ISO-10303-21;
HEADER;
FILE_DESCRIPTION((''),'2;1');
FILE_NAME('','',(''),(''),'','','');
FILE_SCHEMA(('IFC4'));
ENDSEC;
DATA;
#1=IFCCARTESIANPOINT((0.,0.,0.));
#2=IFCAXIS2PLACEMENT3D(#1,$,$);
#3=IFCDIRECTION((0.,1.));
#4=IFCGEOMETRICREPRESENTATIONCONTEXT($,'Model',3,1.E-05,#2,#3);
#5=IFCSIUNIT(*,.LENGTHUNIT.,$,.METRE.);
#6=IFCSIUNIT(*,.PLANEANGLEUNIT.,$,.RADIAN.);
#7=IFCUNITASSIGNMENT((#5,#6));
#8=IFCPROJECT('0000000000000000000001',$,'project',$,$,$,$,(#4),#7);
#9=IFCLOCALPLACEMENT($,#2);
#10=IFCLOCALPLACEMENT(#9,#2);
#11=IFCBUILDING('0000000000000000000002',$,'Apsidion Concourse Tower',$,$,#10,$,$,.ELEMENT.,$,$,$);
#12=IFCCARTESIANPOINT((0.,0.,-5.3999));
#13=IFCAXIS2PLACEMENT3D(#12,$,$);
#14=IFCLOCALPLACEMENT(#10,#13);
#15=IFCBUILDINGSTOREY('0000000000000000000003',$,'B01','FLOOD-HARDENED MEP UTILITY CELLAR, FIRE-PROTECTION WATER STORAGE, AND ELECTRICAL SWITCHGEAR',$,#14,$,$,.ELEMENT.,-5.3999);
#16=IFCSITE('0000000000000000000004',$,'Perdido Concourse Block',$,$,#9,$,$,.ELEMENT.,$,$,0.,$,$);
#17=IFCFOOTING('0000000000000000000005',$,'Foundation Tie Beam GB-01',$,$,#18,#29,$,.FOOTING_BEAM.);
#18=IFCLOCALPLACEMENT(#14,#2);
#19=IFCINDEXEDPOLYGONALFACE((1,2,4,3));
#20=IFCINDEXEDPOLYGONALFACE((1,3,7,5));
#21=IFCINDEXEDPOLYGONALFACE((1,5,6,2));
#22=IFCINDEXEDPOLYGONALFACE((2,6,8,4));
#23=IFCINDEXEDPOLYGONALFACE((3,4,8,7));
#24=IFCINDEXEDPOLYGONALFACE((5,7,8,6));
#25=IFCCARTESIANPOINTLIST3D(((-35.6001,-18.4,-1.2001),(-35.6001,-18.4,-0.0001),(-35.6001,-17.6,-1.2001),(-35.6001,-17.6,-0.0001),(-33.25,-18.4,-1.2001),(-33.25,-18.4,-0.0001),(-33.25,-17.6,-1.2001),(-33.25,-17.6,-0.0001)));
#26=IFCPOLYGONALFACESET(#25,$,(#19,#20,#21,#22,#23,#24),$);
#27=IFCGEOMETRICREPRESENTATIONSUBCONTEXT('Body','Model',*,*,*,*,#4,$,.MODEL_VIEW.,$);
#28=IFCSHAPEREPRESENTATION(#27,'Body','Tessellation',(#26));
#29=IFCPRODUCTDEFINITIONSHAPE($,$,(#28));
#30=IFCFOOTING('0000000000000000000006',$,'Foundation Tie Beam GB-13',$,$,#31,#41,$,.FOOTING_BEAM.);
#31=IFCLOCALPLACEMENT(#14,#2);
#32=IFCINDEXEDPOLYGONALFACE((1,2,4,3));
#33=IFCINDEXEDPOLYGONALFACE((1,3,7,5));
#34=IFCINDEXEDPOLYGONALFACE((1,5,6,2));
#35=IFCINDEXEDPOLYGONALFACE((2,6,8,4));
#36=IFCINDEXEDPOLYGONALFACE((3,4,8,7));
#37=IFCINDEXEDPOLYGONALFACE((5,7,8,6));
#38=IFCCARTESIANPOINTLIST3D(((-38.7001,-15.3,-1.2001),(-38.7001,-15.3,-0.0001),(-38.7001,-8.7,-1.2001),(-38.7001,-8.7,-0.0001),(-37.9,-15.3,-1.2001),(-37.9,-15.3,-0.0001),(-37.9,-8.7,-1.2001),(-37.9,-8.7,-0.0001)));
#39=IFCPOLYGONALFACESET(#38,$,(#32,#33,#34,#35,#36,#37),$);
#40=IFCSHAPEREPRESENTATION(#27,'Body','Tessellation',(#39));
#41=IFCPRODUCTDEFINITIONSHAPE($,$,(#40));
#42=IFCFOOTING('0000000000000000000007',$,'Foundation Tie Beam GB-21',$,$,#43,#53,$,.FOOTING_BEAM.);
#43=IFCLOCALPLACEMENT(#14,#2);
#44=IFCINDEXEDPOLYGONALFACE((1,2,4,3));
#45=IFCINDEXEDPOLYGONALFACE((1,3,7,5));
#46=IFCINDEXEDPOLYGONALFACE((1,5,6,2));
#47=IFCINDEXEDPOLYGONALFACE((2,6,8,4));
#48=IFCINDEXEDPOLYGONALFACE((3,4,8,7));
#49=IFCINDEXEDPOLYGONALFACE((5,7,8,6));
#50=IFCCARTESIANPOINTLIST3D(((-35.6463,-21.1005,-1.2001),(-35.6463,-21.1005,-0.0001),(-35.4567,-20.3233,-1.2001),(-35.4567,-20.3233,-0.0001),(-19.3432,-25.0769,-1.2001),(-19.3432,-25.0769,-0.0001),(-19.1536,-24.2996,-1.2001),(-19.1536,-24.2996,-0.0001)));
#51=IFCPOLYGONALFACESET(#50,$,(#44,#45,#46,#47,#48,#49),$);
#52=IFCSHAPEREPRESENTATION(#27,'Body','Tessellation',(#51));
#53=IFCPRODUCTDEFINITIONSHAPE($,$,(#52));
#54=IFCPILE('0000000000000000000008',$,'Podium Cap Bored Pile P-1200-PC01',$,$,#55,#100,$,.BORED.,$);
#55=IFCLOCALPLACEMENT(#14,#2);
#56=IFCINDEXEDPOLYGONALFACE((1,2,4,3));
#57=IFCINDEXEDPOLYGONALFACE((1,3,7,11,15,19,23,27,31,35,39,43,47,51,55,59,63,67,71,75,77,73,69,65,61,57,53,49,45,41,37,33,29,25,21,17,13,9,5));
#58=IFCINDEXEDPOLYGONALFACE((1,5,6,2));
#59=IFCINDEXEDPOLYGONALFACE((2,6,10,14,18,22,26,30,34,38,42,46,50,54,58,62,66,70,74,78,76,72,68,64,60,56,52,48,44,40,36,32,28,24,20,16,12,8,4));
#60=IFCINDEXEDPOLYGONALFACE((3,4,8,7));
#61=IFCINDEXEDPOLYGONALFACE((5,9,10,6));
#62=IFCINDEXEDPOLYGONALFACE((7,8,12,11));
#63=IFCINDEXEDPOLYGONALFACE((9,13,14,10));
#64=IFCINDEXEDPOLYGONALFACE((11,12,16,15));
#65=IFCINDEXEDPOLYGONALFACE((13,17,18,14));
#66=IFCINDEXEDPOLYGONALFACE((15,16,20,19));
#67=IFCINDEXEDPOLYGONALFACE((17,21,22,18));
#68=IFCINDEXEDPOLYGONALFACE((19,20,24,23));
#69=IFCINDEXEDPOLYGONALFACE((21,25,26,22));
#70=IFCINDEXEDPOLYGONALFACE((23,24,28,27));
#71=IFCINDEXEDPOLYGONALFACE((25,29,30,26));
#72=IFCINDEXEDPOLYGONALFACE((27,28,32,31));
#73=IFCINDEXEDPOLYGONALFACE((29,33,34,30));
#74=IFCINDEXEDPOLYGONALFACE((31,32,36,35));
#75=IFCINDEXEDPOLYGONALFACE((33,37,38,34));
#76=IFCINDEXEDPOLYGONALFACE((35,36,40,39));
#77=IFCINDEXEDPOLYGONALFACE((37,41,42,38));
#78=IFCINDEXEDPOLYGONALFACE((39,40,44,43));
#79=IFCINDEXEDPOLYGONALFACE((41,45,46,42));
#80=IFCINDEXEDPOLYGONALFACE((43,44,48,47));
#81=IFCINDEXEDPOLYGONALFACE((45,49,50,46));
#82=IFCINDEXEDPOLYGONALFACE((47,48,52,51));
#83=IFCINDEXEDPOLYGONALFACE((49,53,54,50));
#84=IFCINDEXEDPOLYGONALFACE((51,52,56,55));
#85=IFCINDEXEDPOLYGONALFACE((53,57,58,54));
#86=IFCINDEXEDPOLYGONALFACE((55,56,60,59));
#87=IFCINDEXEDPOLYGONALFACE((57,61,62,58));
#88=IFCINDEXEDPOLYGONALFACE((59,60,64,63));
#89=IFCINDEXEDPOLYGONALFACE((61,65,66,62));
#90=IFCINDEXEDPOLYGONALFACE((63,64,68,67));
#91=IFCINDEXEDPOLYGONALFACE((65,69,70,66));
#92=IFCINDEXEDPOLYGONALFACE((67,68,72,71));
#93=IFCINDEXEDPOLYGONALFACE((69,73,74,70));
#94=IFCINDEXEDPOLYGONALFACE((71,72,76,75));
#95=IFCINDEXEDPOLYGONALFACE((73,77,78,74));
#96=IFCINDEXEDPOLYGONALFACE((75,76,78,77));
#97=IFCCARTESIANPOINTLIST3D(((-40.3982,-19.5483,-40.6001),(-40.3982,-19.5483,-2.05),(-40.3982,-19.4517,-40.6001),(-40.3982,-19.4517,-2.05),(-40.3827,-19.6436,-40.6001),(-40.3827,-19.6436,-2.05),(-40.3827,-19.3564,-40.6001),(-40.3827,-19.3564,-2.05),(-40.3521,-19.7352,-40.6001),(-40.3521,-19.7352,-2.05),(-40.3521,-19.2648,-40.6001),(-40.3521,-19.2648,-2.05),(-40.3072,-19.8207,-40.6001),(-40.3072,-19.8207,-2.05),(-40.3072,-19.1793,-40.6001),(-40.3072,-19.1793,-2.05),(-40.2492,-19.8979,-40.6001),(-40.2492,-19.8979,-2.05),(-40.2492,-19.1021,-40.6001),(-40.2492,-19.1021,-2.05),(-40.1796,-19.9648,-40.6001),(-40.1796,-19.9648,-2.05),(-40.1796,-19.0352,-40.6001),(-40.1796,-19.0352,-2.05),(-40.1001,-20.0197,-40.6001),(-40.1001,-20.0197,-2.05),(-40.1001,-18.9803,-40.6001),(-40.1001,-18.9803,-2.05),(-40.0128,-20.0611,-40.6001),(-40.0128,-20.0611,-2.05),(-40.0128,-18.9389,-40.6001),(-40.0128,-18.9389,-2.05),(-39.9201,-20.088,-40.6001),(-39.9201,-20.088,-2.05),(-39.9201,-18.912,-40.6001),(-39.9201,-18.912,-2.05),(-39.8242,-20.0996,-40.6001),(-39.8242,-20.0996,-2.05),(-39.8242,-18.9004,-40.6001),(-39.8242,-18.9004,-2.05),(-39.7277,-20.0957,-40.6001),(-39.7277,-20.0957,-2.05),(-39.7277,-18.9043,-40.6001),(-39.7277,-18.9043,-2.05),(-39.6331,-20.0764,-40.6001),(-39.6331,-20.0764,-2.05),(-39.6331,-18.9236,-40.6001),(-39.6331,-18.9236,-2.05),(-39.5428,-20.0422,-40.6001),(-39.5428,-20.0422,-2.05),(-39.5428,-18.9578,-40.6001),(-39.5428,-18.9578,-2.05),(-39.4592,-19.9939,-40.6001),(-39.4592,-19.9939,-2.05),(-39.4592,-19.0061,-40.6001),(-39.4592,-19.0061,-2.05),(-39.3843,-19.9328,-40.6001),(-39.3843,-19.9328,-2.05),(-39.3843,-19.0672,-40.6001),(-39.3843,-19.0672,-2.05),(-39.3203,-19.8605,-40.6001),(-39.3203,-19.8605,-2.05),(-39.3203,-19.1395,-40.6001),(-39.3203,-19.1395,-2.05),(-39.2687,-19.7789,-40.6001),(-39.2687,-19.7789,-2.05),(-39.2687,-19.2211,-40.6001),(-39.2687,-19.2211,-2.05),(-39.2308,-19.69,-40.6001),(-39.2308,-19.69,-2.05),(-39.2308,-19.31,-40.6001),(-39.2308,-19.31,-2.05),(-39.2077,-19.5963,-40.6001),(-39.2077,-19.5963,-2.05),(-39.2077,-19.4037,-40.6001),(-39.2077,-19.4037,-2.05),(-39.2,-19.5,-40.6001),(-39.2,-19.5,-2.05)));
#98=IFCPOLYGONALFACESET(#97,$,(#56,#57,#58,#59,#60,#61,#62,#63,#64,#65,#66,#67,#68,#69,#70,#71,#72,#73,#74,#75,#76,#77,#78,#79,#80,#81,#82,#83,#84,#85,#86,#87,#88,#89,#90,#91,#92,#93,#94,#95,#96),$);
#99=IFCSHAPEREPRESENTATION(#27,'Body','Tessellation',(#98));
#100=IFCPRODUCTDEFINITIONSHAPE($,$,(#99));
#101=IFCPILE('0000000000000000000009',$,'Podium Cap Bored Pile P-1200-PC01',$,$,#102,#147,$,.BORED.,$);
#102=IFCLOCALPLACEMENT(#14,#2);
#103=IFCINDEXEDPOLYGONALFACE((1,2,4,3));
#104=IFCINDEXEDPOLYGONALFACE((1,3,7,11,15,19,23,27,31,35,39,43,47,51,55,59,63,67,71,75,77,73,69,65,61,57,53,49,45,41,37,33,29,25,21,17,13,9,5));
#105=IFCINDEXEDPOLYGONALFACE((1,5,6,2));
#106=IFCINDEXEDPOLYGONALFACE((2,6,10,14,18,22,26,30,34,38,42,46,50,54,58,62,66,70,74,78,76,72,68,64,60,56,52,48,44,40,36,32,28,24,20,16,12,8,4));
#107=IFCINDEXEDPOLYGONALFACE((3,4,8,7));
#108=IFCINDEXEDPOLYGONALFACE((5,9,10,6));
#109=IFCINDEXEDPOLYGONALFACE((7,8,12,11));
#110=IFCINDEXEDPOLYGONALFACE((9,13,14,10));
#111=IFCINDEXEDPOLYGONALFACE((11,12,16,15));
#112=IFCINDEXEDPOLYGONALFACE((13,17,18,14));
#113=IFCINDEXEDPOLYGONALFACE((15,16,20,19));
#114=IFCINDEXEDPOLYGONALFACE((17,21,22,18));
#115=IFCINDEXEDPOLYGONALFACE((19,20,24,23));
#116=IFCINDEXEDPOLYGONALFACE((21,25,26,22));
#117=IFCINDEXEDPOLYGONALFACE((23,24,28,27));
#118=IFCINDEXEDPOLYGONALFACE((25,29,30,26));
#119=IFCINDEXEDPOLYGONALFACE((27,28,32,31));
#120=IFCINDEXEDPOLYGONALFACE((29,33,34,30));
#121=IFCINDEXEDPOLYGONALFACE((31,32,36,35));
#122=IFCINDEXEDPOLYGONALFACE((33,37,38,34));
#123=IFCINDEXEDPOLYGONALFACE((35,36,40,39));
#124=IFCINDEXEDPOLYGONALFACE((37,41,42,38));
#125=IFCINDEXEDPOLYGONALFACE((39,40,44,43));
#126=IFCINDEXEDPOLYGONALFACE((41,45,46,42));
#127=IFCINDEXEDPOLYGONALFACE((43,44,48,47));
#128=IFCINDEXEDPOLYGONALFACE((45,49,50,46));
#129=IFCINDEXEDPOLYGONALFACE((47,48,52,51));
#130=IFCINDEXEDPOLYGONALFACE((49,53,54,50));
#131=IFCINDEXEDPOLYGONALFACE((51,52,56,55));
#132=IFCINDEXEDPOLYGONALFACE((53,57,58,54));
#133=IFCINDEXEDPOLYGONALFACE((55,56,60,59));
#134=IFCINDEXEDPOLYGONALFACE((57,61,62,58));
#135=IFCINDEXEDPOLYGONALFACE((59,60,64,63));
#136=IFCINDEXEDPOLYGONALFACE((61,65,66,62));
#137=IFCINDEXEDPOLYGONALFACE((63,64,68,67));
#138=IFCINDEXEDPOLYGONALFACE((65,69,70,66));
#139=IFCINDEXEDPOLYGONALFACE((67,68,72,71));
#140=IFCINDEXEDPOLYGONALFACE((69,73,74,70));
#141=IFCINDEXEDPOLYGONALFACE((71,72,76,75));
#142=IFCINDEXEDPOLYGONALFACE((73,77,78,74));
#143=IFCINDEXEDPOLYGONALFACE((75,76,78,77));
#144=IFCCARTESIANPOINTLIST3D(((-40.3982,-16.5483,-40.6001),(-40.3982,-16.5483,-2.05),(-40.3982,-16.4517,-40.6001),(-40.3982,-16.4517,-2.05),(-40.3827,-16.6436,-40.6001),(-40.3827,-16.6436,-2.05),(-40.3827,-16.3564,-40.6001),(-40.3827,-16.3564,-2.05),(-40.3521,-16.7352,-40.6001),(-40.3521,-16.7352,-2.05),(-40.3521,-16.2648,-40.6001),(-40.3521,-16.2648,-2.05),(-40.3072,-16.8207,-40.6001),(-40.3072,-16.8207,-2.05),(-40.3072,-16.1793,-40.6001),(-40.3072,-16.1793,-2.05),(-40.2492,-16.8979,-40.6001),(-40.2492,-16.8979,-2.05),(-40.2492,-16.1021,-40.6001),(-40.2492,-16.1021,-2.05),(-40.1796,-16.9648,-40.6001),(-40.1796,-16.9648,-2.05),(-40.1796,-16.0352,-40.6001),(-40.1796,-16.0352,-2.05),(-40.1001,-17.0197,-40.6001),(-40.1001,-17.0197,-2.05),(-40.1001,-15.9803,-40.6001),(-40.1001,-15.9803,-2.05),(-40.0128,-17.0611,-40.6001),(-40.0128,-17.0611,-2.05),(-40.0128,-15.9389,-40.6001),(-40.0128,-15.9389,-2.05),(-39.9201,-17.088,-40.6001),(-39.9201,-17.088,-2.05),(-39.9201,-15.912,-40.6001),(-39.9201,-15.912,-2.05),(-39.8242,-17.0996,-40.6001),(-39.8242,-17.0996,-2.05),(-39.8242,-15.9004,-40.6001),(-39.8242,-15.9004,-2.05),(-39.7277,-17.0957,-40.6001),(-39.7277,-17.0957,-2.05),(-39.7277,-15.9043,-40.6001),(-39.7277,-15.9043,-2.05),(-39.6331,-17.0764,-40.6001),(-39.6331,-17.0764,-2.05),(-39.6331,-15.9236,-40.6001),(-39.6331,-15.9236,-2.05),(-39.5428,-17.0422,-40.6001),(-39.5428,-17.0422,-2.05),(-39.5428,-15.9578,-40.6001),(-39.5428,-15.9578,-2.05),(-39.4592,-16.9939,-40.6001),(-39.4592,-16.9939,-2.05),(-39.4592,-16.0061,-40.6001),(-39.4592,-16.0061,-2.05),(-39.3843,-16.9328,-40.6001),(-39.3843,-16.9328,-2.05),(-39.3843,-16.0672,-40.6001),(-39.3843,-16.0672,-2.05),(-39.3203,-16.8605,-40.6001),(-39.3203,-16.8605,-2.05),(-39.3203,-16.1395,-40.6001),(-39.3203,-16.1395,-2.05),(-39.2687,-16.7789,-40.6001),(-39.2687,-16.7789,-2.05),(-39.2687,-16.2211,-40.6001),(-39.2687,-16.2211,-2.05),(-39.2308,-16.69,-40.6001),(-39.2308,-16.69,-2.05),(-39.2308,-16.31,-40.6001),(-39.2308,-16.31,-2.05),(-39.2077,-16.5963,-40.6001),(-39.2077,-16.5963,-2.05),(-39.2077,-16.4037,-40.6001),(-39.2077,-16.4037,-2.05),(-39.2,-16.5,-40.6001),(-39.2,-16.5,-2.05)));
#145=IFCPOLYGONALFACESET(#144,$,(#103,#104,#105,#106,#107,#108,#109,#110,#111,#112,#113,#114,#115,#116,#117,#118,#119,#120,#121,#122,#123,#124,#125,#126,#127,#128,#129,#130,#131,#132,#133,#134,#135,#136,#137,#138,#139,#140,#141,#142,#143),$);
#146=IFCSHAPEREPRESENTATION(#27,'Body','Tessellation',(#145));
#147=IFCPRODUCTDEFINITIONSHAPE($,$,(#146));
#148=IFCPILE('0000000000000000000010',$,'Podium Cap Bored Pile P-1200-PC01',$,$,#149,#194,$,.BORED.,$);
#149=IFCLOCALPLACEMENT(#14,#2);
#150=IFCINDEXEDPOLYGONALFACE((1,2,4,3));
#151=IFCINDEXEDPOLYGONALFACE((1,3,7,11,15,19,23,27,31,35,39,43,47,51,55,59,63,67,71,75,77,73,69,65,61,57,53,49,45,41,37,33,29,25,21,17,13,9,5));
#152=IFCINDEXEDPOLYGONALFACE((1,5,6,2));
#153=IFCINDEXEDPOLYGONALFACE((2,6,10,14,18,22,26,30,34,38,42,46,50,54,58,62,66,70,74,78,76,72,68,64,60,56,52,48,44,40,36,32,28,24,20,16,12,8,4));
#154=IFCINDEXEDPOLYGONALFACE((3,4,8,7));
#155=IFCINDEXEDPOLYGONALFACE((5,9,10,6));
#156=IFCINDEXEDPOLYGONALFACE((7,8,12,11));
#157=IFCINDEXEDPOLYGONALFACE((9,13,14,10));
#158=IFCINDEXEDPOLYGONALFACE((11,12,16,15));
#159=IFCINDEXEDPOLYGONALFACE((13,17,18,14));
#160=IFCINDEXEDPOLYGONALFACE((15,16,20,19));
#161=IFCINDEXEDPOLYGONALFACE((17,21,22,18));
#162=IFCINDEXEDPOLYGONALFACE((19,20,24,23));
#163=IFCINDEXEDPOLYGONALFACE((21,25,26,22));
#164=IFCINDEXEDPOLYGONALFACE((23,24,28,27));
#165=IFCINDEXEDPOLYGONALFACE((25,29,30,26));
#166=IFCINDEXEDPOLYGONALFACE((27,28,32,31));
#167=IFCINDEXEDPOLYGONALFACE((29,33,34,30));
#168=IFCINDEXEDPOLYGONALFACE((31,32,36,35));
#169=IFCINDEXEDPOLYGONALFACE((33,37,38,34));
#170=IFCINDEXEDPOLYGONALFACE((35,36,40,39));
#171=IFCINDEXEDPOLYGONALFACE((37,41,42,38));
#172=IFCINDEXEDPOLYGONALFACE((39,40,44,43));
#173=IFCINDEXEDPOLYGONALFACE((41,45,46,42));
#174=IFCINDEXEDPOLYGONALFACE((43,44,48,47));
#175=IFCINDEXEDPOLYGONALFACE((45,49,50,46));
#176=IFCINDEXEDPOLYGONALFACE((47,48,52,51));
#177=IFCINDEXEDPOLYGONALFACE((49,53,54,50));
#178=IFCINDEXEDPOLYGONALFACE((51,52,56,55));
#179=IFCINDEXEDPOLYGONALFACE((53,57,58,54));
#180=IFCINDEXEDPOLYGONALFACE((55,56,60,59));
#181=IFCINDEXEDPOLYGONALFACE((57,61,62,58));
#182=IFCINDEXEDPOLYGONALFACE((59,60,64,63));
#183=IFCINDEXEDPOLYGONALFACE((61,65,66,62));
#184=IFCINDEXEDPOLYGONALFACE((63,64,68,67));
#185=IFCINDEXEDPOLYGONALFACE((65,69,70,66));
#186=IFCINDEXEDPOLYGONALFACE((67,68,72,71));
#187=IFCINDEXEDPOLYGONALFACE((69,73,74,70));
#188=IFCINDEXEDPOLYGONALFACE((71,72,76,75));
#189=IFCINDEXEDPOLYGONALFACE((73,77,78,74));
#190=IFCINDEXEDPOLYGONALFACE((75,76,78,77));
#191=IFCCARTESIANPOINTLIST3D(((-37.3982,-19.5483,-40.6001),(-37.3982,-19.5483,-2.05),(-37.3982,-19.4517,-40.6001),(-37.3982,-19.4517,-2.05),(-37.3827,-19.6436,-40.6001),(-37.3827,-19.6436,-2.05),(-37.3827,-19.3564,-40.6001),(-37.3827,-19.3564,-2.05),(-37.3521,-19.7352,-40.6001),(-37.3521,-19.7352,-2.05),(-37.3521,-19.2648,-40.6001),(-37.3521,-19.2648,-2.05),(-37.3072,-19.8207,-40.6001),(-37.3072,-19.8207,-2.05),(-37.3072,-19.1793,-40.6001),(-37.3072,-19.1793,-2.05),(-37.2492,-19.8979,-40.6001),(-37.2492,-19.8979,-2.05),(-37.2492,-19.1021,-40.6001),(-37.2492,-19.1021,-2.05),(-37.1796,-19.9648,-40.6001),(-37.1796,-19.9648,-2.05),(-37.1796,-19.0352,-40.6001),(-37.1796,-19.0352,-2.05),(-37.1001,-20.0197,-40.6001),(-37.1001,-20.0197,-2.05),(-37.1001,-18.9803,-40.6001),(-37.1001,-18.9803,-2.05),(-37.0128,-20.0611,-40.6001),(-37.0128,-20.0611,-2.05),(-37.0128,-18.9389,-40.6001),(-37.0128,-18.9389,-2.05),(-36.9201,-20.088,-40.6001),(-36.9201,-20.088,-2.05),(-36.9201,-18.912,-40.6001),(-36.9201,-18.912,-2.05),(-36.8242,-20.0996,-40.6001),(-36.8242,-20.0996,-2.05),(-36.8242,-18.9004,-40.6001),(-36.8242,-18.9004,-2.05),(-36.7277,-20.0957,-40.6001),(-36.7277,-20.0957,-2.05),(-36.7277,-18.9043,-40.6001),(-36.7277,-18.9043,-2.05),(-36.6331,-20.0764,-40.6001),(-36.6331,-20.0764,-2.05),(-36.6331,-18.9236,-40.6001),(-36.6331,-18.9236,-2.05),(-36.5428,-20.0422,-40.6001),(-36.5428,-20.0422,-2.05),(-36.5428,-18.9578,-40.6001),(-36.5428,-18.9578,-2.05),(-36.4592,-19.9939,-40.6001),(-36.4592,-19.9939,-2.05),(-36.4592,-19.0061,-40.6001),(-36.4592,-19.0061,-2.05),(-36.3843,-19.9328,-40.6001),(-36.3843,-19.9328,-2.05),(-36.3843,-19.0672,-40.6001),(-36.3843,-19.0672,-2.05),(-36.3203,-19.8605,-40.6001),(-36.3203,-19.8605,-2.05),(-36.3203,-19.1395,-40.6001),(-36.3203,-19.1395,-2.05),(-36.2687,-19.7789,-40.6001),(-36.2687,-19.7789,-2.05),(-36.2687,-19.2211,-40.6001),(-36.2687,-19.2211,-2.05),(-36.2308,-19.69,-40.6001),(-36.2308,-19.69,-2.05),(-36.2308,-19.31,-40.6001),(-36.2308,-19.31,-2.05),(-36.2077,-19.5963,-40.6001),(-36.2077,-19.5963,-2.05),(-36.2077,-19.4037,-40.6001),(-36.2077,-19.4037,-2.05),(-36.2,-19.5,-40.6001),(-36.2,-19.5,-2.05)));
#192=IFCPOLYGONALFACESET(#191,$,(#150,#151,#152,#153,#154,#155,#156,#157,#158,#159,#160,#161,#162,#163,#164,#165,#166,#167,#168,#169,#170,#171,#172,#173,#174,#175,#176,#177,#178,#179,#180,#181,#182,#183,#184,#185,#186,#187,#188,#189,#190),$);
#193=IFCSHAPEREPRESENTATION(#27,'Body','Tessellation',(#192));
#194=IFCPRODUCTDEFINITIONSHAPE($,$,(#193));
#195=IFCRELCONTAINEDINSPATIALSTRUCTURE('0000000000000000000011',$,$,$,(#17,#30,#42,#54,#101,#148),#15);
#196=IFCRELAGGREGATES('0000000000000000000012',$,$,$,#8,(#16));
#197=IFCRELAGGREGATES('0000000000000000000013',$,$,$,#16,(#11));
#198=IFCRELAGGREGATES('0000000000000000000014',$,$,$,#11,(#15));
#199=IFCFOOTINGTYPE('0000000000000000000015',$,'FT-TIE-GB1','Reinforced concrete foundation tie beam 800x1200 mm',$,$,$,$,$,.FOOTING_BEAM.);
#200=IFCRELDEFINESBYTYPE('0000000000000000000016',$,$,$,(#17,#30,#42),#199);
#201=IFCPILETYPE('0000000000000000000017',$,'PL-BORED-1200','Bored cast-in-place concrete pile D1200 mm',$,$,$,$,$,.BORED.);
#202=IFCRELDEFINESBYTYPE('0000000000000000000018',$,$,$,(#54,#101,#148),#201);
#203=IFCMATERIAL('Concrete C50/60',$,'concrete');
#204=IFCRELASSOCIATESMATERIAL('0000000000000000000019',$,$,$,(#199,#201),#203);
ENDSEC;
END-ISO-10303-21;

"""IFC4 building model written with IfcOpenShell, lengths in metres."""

from ifc_helpers import new_model, si_unit, direction, frame, origin, origin_2d, place, context, subcontext, project, spatial, rectangle, circle, extrude, material, material_profile, profile_set, type_object, element, save


model = new_model("IFC4")

# Units and contexts
model_context = context("Model", 3, precision=1e-05, world=origin(), true_north=direction((0.0, 1.0)))
body_context = subcontext(model_context, "Body", "Model", "MODEL_VIEW")
ifc_project = project(units=[si_unit("LENGTHUNIT", "METRE"), si_unit("PLANEANGLEUNIT", "RADIAN")], contexts=[model_context])

# Site, building, storey
site_placement = place(None, origin())
site = spatial("IfcSite", under=ifc_project, at=site_placement, Name="Perdido Concourse Block", CompositionType="ELEMENT", RefElevation=0.0)
building_placement = place(site_placement, origin())
building = spatial("IfcBuilding", under=site, at=building_placement, Name="Apsidion Concourse Tower", CompositionType="ELEMENT")
storey_placement = place(building_placement, frame((0.0, 0.0, -5.3999)))
storey = spatial("IfcBuildingStorey", under=building, at=storey_placement, Name="B01", Description="FLOOD-HARDENED MEP UTILITY CELLAR, FIRE-PROTECTION WATER STORAGE, AND ELECTRICAL SWITCHGEAR", CompositionType="ELEMENT", Elevation=-5.3999)

# Footings
ifc_material_1 = material(Name="Concrete C50/60", Category="concrete")
ifc_material_profile_1 = material_profile(ifc_material_1, rectangle(XDim=0.8, YDim=1.2, at=origin_2d()), Name="RC 800x1200")
ifc_profile_set_1 = profile_set([ifc_material_profile_1], Name="Concrete C50/60")
footing_type = type_object("IfcFootingType", Name="FT-TIE-GB1", Description="Reinforced concrete foundation tie beam 800x1200 mm", PredefinedType="FOOTING_BEAM", material=ifc_profile_set_1)
footing_1_placement = place(storey_placement, frame((-35.6001, -18.0, -0.6001), z_axis=(1.0, 0.0, 0.0), x_axis=(0.0, 1.0, 0.0)))
element("IfcFooting", 1, at=footing_1_placement, inside=storey, type_object=footing_type, Name="Foundation Tie Beam GB-01", PredefinedType="FOOTING_BEAM", context=body_context, shape_type="SweptSolid", body=[
    extrude(rectangle(XDim=0.8, YDim=1.2, at=origin_2d()), origin(), (0.0, 0.0, 1.0), 2.3501),
])
footing_2_placement = place(storey_placement, frame((-38.3, -15.3, -0.6001), z_axis=(0.0, 1.0, 0.0), x_axis=(-1.0, 0.0, 0.0)))
element("IfcFooting", 2, at=footing_2_placement, inside=storey, type_object=footing_type, Name="Foundation Tie Beam GB-13", PredefinedType="FOOTING_BEAM", context=body_context, shape_type="SweptSolid", body=[
    extrude(rectangle(XDim=0.8, YDim=1.2, at=origin_2d()), origin(), (0.0, 0.0, 1.0), 6.6001),
])
footing_3_placement = place(storey_placement, frame((-35.5515, -20.7119, -0.6001), z_axis=(0.971521, -0.236955, 0.0), x_axis=(0.236955, 0.971521, 0.0)))
element("IfcFooting", 3, at=footing_3_placement, inside=storey, type_object=footing_type, Name="Foundation Tie Beam GB-21", PredefinedType="FOOTING_BEAM", context=body_context, shape_type="SweptSolid", body=[
    extrude(rectangle(XDim=0.8, YDim=1.2, at=origin_2d()), origin(), (0.0, 0.0, 1.0), 16.781),
])

# Piles
ifc_material_profile_2 = material_profile(ifc_material_1, circle(Radius=0.6001, at=origin_2d()), Name="BORED PILE D1200")
ifc_profile_set_2 = profile_set([ifc_material_profile_2], Name="Concrete C50/60")
pile_type_1 = type_object("IfcPileType", Name="PL-BORED-1200", Description="Bored cast-in-place concrete pile D1200 mm", PredefinedType="BORED", material=ifc_profile_set_2)
for number, where, z_axis, x_axis, name in (
    (4, (-39.8, -19.5, -2.05), (0.0, 0.0, -1.0), (1.0, 0.0, 0.0), "Podium Cap Bored Pile P-1200-PC01"),
    (5, (-39.8, -16.5, -2.05), (0.0, 0.0, -1.0), (1.0, 0.0, 0.0), "Podium Cap Bored Pile P-1200-PC01"),
    (6, (-36.8, -19.5, -2.05), (0.0, 0.0, -1.0), (1.0, 0.0, 0.0), "Podium Cap Bored Pile P-1200-PC01"),
):
    element("IfcPile", number, at=place(storey_placement, frame(where, z_axis=z_axis, x_axis=x_axis)), inside=storey, type_object=pile_type_1, Name=name, PredefinedType="BORED", context=body_context, shape_type="SweptSolid", body=[
        extrude(circle(Radius=0.6001, at=origin_2d()), origin(), (0.0, 0.0, 1.0), 38.55),
    ])

save(model, "model.ifc")
